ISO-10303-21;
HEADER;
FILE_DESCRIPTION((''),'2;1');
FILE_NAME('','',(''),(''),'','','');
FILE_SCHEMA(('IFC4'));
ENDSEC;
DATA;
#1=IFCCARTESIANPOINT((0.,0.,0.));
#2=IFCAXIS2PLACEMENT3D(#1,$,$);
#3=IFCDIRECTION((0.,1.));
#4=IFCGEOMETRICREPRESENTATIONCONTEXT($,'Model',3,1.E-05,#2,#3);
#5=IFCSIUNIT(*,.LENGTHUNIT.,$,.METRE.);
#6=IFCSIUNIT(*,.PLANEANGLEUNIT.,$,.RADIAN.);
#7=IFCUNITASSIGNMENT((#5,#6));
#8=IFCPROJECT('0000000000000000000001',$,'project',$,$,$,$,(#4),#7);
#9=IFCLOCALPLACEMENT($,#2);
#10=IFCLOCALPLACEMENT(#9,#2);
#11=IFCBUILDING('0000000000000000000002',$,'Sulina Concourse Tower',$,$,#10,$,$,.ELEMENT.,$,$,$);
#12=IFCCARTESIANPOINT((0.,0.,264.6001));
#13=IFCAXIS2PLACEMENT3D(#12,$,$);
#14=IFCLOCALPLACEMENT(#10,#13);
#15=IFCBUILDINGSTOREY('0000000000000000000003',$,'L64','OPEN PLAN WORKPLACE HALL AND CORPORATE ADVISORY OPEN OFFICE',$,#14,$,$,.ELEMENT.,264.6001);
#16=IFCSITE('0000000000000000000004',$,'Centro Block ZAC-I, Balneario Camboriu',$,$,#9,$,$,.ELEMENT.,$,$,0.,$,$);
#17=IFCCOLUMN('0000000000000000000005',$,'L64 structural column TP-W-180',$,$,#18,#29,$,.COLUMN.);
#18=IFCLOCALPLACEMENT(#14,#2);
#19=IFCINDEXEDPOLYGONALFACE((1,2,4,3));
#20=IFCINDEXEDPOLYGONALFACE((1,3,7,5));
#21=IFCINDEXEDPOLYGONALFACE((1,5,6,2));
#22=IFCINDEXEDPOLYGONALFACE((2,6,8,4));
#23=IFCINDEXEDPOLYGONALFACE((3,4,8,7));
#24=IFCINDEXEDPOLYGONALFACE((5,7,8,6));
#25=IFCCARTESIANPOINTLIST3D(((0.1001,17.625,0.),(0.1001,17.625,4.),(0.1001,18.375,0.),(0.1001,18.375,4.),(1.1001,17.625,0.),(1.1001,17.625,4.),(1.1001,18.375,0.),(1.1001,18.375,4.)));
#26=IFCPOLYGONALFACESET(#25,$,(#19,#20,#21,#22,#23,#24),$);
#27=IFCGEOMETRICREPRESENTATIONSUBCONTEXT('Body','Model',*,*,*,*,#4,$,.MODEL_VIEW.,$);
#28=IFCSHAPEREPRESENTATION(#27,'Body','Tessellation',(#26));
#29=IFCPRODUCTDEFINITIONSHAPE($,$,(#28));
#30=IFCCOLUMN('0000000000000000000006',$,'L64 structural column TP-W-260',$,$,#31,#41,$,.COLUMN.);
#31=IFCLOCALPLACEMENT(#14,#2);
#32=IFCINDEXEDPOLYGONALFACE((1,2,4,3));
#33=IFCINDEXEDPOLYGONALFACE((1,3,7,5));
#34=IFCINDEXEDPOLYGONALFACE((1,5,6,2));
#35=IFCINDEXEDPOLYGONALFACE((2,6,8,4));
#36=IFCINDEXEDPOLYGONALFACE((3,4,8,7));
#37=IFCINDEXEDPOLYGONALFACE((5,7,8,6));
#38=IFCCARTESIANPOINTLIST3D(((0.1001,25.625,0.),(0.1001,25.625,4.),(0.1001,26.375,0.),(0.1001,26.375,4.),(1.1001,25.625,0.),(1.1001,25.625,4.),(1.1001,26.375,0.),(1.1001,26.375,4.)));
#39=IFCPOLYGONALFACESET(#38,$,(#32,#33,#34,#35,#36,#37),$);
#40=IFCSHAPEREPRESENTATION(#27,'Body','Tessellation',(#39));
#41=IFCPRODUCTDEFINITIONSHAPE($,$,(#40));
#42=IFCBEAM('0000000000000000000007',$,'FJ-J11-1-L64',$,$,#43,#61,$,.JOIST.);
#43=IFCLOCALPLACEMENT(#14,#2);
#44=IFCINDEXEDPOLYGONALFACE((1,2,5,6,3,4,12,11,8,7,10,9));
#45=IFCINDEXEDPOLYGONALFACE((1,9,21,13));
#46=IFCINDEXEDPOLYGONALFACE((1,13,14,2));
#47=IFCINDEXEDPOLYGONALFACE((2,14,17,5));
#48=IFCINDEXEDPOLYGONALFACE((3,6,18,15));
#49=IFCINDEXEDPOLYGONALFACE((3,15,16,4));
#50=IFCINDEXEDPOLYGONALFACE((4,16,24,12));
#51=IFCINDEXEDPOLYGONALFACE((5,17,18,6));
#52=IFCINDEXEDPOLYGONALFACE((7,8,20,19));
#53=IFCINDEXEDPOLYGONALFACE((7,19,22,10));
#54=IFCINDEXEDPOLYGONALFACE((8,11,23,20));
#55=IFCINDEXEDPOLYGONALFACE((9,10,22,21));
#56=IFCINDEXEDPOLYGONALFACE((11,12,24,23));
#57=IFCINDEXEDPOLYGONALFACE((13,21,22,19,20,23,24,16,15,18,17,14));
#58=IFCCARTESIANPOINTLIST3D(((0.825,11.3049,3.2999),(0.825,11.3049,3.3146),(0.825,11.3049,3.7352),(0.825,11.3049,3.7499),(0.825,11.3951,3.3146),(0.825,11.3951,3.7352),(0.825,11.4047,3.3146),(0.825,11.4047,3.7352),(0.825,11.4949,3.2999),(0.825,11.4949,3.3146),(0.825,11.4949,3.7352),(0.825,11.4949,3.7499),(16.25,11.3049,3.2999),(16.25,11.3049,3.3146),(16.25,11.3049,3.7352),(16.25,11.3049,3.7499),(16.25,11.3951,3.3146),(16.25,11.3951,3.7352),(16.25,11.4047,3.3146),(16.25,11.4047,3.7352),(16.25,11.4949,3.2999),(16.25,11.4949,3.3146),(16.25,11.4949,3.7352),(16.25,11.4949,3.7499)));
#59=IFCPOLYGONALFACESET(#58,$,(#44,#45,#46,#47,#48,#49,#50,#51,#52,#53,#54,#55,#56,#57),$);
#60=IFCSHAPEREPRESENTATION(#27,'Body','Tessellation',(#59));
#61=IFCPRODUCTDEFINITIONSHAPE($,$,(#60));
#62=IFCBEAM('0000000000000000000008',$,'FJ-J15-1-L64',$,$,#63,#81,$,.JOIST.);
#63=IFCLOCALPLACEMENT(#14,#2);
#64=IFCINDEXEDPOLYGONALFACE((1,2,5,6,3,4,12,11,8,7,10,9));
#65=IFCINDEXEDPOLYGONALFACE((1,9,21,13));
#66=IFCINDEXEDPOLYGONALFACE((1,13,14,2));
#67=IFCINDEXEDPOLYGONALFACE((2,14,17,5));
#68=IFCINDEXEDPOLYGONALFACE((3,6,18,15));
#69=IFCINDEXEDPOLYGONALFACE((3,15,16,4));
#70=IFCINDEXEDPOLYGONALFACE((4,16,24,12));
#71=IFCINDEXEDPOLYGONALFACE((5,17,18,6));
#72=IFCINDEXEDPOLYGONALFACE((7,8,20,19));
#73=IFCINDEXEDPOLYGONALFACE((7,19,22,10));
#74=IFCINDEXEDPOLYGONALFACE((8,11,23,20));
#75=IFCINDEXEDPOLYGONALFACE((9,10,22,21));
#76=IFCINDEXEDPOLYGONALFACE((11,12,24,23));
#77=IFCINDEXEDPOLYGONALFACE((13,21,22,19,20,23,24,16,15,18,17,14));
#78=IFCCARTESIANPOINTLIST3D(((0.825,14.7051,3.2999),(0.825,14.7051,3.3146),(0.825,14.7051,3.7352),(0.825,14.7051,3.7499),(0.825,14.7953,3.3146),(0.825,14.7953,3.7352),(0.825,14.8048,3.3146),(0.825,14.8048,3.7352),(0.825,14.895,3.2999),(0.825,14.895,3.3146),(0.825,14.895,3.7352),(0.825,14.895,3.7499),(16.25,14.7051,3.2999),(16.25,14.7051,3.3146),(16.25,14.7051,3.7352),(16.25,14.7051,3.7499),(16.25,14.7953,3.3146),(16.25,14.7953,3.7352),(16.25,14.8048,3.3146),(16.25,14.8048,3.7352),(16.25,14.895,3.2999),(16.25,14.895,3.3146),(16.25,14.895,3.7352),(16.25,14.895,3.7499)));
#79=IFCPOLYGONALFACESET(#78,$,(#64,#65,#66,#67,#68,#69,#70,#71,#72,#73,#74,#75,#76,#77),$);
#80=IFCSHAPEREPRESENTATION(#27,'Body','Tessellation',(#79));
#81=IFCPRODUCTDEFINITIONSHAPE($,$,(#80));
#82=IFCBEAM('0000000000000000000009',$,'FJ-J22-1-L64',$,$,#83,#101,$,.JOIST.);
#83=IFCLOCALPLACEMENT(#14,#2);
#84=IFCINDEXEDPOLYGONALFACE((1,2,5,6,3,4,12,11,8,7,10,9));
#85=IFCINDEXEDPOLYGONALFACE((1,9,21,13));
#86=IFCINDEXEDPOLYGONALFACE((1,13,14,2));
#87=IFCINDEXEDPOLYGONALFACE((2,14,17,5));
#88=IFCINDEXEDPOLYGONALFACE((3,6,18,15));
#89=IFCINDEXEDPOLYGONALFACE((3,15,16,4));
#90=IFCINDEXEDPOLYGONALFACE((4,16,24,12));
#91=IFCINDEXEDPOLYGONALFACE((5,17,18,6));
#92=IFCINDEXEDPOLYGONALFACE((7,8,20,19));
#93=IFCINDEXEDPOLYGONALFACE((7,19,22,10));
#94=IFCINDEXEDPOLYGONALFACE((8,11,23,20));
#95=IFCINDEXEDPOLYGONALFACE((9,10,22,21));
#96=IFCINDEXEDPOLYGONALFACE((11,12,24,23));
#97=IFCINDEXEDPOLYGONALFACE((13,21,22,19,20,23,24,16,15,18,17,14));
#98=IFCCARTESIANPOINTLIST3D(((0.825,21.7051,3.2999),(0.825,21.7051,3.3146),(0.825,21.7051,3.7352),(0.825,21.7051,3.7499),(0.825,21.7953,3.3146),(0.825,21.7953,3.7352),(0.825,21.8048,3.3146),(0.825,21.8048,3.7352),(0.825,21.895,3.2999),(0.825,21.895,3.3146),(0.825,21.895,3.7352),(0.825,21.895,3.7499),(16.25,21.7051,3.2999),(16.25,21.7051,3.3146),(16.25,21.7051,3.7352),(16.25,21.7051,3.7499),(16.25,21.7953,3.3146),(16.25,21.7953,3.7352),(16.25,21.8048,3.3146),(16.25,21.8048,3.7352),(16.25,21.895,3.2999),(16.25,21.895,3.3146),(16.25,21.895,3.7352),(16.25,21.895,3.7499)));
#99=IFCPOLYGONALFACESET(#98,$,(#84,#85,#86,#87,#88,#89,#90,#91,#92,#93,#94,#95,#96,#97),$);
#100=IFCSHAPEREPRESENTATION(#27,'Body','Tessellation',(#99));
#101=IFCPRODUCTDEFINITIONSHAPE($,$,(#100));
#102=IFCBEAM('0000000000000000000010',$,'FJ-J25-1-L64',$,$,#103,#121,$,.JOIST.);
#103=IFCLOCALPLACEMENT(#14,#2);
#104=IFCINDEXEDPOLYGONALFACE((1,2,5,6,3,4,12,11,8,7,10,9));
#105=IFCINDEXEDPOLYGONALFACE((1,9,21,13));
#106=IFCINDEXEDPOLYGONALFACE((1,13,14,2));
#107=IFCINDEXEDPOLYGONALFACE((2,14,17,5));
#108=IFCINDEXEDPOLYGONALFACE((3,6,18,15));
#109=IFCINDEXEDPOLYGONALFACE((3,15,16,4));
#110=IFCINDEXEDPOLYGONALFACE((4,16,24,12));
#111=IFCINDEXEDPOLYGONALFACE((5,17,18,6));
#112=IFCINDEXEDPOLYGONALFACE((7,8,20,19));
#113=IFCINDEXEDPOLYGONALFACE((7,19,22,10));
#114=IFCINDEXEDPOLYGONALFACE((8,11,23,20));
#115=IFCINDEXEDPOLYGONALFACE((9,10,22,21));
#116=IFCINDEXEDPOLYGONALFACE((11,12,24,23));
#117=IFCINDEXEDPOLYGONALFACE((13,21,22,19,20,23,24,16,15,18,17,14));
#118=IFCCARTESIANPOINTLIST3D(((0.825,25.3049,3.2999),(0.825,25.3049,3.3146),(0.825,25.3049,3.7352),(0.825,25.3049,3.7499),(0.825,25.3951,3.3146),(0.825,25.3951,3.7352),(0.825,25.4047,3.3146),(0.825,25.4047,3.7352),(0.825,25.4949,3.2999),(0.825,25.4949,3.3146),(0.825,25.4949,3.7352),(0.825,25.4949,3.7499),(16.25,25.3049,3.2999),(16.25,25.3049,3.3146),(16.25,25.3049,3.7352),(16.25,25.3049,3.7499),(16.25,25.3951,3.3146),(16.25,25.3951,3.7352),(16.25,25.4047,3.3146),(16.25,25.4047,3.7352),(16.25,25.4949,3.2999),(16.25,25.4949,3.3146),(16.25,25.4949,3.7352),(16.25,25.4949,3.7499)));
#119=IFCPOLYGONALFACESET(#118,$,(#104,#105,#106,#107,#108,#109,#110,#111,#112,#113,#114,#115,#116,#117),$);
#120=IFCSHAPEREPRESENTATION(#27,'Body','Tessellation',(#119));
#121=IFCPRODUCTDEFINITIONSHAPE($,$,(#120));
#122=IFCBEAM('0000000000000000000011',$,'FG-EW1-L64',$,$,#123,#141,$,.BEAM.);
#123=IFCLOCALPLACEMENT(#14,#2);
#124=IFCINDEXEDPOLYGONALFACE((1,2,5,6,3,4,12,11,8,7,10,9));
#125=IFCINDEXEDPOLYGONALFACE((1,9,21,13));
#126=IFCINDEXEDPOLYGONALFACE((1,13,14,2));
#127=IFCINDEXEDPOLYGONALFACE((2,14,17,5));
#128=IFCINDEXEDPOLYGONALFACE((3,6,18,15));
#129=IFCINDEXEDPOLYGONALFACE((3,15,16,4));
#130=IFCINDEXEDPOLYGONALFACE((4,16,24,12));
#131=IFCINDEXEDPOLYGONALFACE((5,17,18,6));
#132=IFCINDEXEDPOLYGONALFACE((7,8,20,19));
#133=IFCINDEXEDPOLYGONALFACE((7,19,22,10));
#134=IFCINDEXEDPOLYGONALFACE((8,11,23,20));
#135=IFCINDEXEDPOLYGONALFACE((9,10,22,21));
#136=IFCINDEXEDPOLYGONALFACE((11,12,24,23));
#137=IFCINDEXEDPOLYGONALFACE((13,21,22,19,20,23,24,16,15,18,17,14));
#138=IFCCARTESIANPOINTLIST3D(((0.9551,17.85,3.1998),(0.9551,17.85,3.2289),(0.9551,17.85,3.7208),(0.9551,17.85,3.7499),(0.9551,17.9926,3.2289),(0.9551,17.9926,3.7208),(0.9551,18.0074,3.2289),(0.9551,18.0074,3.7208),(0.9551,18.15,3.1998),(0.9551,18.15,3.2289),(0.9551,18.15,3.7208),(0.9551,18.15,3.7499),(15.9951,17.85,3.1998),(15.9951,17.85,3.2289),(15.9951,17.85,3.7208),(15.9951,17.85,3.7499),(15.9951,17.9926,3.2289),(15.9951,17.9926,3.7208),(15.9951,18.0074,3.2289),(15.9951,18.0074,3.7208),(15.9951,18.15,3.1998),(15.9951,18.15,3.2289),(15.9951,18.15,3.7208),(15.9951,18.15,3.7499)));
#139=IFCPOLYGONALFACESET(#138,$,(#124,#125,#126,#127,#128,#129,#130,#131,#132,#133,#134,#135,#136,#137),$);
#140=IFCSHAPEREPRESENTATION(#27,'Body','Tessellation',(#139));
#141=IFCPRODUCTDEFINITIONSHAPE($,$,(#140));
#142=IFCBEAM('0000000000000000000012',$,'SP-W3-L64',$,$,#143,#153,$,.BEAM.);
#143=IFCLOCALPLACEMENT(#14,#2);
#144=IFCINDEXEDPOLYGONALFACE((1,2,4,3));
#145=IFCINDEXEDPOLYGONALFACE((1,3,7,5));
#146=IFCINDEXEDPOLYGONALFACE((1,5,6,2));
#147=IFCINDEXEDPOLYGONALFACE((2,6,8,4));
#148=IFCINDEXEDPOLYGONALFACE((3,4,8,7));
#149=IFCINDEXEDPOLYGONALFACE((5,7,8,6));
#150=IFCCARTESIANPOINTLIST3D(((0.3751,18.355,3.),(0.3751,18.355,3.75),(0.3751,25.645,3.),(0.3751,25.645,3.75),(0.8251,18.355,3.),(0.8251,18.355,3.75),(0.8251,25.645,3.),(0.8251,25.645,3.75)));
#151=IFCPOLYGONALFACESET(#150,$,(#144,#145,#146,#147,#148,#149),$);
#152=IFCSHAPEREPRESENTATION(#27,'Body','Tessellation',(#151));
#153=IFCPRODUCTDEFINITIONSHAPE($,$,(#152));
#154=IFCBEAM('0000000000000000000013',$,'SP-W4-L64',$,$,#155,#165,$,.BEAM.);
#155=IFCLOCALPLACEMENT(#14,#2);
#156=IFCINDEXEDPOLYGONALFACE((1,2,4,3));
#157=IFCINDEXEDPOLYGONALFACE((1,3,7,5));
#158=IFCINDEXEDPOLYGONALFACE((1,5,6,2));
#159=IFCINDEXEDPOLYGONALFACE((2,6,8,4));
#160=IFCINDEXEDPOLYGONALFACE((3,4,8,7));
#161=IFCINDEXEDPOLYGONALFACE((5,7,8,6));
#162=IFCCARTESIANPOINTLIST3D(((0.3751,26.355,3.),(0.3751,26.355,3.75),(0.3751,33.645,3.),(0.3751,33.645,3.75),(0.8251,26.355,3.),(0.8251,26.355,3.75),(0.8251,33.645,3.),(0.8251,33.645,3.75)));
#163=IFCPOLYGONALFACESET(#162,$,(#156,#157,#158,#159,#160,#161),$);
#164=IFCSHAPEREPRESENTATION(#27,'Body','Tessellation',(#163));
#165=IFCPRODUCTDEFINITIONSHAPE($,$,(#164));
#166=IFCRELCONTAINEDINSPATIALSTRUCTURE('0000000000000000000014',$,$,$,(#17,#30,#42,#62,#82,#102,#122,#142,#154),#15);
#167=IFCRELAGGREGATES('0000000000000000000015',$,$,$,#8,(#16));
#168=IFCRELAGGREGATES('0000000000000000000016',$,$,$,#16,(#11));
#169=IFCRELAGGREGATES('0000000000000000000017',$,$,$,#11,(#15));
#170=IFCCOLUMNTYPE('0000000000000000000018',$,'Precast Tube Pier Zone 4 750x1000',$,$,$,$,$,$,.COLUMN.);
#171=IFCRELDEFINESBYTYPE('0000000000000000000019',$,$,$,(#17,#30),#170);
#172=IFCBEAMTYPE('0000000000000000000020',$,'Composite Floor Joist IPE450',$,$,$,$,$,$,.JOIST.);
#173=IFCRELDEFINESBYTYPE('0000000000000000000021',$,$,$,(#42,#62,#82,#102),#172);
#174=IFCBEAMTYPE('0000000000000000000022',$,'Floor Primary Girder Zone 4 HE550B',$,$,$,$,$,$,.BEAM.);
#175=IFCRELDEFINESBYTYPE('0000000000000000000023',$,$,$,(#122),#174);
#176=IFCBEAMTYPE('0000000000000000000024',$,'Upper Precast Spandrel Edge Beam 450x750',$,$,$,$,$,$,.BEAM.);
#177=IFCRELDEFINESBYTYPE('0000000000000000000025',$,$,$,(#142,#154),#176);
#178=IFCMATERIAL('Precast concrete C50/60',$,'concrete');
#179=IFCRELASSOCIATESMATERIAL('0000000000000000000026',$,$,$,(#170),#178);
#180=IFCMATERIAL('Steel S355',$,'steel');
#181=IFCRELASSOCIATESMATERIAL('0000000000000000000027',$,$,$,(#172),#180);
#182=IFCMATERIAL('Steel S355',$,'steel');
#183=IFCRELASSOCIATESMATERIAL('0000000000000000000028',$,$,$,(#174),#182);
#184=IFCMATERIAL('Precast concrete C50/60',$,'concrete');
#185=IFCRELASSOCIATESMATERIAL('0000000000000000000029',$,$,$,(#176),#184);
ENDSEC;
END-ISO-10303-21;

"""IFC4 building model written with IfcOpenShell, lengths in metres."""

from ifc_helpers import new_model, si_unit, direction, frame, origin, origin_2d, place, context, subcontext, project, spatial, rectangle, i_section, extrude, material, material_profile, profile_set, type_object, element, save


model = new_model("IFC4")

# Units and contexts
model_context = context("Model", 3, precision=1e-05, world=origin(), true_north=direction((0.0, 1.0)))
body_context = subcontext(model_context, "Body", "Model", "MODEL_VIEW")
ifc_project = project(units=[si_unit("LENGTHUNIT", "METRE"), si_unit("PLANEANGLEUNIT", "RADIAN")], contexts=[model_context])

# Site, building, storey
site_placement = place(None, origin())
site = spatial("IfcSite", under=ifc_project, at=site_placement, Name="Centro Block ZAC-I, Balneario Camboriu", CompositionType="ELEMENT", RefElevation=0.0)
building_placement = place(site_placement, origin())
building = spatial("IfcBuilding", under=site, at=building_placement, Name="Sulina Concourse Tower", CompositionType="ELEMENT")
storey_placement = place(building_placement, frame((0.0, 0.0, 264.6001)))
storey = spatial("IfcBuildingStorey", under=building, at=storey_placement, Name="L64", Description="OPEN PLAN WORKPLACE HALL AND CORPORATE ADVISORY OPEN OFFICE", CompositionType="ELEMENT", Elevation=264.6001)

# Columns
ifc_material_1 = material(Name="Precast concrete C50/60", Category="concrete")
ifc_material_profile_1 = material_profile(ifc_material_1, rectangle(XDim=0.75, YDim=1.0, at=origin_2d()), Name="PC 750x1000")
ifc_profile_set_1 = profile_set([ifc_material_profile_1], Name="Precast concrete C50/60")
column_type = type_object("IfcColumnType", Name="Precast Tube Pier Zone 4 750x1000", PredefinedType="COLUMN", material=ifc_profile_set_1)
for number, where, z_axis, x_axis, name in (
    (1, (0.6001, 18.0, 0.0), (0.0, 0.0, 1.0), (0.0, 1.0, 0.0), "L64 structural column TP-W-180"),
    (2, (0.6001, 26.0, 0.0), (0.0, 0.0, 1.0), (0.0, 1.0, 0.0), "L64 structural column TP-W-260"),
):
    element("IfcColumn", number, at=place(storey_placement, frame(where, z_axis=z_axis, x_axis=x_axis)), inside=storey, type_object=column_type, Name=name, PredefinedType="COLUMN", context=body_context, shape_type="SweptSolid", body=[
        extrude(rectangle(XDim=0.75, YDim=1.0, at=origin_2d()), origin(), (0.0, 0.0, 1.0), 4.0),
    ])

# Beams
ifc_material_2 = material(Name="Steel S355", Category="steel")
ifc_material_profile_2 = material_profile(ifc_material_2, i_section(OverallWidth=0.1899, OverallDepth=0.45, WebThickness=0.0095, FlangeThickness=0.0146, at=origin_2d()), Name="IPE 450")
ifc_profile_set_2 = profile_set([ifc_material_profile_2], Name="Steel S355")
beam_type_1 = type_object("IfcBeamType", Name="Composite Floor Joist IPE450", PredefinedType="JOIST", material=ifc_profile_set_2)
for number, where, z_axis, x_axis, name in (
    (3, (0.825, 11.3999, 3.5249), (1.0, 0.0, 0.0), (0.0, 1.0, 0.0), "FJ-J11-1-L64"),
    (4, (0.825, 14.8, 3.5249), (1.0, 0.0, 0.0), (0.0, 1.0, 0.0), "FJ-J15-1-L64"),
    (5, (0.825, 21.8, 3.5249), (1.0, 0.0, 0.0), (0.0, 1.0, 0.0), "FJ-J22-1-L64"),
    (6, (0.825, 25.3999, 3.5249), (1.0, 0.0, 0.0), (0.0, 1.0, 0.0), "FJ-J25-1-L64"),
):
    element("IfcBeam", number, at=place(storey_placement, frame(where, z_axis=z_axis, x_axis=x_axis)), inside=storey, type_object=beam_type_1, Name=name, PredefinedType="JOIST", context=body_context, shape_type="SweptSolid", body=[
        extrude(i_section(OverallWidth=0.1899, OverallDepth=0.45, WebThickness=0.0095, FlangeThickness=0.0146, at=origin_2d()), origin(), (0.0, 0.0, 1.0), 15.425),
    ])
ifc_material_3 = material(Name="Steel S355", Category="steel")
ifc_material_profile_3 = material_profile(ifc_material_3, i_section(OverallWidth=0.3, OverallDepth=0.55, WebThickness=0.0149, FlangeThickness=0.0291, at=origin_2d()), Name="HE 550 B")
ifc_profile_set_3 = profile_set([ifc_material_profile_3], Name="Steel S355")
beam_type_2 = type_object("IfcBeamType", Name="Floor Primary Girder Zone 4 HE550B", PredefinedType="BEAM", material=ifc_profile_set_3)
beam_placement = place(storey_placement, frame((0.9551, 18.0, 3.4749), z_axis=(1.0, 0.0, 0.0), x_axis=(0.0, 1.0, 0.0)))
element("IfcBeam", 7, at=beam_placement, inside=storey, type_object=beam_type_2, Name="FG-EW1-L64", PredefinedType="BEAM", context=body_context, shape_type="SweptSolid", body=[
    extrude(i_section(OverallWidth=0.3, OverallDepth=0.55, WebThickness=0.0149, FlangeThickness=0.0291, at=origin_2d()), origin(), (0.0, 0.0, 1.0), 15.04),
])
ifc_material_4 = material(Name="Precast concrete C50/60", Category="concrete")
ifc_material_profile_4 = material_profile(ifc_material_4, rectangle(XDim=0.45, YDim=0.75, at=origin_2d()), Name="RC 450x750")
ifc_profile_set_4 = profile_set([ifc_material_profile_4], Name="Precast concrete C50/60")
beam_type_3 = type_object("IfcBeamType", Name="Upper Precast Spandrel Edge Beam 450x750", PredefinedType="BEAM", material=ifc_profile_set_4)
for number, where, z_axis, x_axis, name in (
    (8, (0.6001, 18.355, 3.375), (0.0, 1.0, 0.0), (-1.0, 0.0, 0.0), "SP-W3-L64"),
    (9, (0.6001, 26.355, 3.375), (0.0, 1.0, 0.0), (-1.0, 0.0, 0.0), "SP-W4-L64"),
):
    element("IfcBeam", number, at=place(storey_placement, frame(where, z_axis=z_axis, x_axis=x_axis)), inside=storey, type_object=beam_type_3, Name=name, PredefinedType="BEAM", context=body_context, shape_type="SweptSolid", body=[
        extrude(rectangle(XDim=0.45, YDim=0.75, at=origin_2d()), origin(), (0.0, 0.0, 1.0), 7.29),
    ])

save(model, "model.ifc")
